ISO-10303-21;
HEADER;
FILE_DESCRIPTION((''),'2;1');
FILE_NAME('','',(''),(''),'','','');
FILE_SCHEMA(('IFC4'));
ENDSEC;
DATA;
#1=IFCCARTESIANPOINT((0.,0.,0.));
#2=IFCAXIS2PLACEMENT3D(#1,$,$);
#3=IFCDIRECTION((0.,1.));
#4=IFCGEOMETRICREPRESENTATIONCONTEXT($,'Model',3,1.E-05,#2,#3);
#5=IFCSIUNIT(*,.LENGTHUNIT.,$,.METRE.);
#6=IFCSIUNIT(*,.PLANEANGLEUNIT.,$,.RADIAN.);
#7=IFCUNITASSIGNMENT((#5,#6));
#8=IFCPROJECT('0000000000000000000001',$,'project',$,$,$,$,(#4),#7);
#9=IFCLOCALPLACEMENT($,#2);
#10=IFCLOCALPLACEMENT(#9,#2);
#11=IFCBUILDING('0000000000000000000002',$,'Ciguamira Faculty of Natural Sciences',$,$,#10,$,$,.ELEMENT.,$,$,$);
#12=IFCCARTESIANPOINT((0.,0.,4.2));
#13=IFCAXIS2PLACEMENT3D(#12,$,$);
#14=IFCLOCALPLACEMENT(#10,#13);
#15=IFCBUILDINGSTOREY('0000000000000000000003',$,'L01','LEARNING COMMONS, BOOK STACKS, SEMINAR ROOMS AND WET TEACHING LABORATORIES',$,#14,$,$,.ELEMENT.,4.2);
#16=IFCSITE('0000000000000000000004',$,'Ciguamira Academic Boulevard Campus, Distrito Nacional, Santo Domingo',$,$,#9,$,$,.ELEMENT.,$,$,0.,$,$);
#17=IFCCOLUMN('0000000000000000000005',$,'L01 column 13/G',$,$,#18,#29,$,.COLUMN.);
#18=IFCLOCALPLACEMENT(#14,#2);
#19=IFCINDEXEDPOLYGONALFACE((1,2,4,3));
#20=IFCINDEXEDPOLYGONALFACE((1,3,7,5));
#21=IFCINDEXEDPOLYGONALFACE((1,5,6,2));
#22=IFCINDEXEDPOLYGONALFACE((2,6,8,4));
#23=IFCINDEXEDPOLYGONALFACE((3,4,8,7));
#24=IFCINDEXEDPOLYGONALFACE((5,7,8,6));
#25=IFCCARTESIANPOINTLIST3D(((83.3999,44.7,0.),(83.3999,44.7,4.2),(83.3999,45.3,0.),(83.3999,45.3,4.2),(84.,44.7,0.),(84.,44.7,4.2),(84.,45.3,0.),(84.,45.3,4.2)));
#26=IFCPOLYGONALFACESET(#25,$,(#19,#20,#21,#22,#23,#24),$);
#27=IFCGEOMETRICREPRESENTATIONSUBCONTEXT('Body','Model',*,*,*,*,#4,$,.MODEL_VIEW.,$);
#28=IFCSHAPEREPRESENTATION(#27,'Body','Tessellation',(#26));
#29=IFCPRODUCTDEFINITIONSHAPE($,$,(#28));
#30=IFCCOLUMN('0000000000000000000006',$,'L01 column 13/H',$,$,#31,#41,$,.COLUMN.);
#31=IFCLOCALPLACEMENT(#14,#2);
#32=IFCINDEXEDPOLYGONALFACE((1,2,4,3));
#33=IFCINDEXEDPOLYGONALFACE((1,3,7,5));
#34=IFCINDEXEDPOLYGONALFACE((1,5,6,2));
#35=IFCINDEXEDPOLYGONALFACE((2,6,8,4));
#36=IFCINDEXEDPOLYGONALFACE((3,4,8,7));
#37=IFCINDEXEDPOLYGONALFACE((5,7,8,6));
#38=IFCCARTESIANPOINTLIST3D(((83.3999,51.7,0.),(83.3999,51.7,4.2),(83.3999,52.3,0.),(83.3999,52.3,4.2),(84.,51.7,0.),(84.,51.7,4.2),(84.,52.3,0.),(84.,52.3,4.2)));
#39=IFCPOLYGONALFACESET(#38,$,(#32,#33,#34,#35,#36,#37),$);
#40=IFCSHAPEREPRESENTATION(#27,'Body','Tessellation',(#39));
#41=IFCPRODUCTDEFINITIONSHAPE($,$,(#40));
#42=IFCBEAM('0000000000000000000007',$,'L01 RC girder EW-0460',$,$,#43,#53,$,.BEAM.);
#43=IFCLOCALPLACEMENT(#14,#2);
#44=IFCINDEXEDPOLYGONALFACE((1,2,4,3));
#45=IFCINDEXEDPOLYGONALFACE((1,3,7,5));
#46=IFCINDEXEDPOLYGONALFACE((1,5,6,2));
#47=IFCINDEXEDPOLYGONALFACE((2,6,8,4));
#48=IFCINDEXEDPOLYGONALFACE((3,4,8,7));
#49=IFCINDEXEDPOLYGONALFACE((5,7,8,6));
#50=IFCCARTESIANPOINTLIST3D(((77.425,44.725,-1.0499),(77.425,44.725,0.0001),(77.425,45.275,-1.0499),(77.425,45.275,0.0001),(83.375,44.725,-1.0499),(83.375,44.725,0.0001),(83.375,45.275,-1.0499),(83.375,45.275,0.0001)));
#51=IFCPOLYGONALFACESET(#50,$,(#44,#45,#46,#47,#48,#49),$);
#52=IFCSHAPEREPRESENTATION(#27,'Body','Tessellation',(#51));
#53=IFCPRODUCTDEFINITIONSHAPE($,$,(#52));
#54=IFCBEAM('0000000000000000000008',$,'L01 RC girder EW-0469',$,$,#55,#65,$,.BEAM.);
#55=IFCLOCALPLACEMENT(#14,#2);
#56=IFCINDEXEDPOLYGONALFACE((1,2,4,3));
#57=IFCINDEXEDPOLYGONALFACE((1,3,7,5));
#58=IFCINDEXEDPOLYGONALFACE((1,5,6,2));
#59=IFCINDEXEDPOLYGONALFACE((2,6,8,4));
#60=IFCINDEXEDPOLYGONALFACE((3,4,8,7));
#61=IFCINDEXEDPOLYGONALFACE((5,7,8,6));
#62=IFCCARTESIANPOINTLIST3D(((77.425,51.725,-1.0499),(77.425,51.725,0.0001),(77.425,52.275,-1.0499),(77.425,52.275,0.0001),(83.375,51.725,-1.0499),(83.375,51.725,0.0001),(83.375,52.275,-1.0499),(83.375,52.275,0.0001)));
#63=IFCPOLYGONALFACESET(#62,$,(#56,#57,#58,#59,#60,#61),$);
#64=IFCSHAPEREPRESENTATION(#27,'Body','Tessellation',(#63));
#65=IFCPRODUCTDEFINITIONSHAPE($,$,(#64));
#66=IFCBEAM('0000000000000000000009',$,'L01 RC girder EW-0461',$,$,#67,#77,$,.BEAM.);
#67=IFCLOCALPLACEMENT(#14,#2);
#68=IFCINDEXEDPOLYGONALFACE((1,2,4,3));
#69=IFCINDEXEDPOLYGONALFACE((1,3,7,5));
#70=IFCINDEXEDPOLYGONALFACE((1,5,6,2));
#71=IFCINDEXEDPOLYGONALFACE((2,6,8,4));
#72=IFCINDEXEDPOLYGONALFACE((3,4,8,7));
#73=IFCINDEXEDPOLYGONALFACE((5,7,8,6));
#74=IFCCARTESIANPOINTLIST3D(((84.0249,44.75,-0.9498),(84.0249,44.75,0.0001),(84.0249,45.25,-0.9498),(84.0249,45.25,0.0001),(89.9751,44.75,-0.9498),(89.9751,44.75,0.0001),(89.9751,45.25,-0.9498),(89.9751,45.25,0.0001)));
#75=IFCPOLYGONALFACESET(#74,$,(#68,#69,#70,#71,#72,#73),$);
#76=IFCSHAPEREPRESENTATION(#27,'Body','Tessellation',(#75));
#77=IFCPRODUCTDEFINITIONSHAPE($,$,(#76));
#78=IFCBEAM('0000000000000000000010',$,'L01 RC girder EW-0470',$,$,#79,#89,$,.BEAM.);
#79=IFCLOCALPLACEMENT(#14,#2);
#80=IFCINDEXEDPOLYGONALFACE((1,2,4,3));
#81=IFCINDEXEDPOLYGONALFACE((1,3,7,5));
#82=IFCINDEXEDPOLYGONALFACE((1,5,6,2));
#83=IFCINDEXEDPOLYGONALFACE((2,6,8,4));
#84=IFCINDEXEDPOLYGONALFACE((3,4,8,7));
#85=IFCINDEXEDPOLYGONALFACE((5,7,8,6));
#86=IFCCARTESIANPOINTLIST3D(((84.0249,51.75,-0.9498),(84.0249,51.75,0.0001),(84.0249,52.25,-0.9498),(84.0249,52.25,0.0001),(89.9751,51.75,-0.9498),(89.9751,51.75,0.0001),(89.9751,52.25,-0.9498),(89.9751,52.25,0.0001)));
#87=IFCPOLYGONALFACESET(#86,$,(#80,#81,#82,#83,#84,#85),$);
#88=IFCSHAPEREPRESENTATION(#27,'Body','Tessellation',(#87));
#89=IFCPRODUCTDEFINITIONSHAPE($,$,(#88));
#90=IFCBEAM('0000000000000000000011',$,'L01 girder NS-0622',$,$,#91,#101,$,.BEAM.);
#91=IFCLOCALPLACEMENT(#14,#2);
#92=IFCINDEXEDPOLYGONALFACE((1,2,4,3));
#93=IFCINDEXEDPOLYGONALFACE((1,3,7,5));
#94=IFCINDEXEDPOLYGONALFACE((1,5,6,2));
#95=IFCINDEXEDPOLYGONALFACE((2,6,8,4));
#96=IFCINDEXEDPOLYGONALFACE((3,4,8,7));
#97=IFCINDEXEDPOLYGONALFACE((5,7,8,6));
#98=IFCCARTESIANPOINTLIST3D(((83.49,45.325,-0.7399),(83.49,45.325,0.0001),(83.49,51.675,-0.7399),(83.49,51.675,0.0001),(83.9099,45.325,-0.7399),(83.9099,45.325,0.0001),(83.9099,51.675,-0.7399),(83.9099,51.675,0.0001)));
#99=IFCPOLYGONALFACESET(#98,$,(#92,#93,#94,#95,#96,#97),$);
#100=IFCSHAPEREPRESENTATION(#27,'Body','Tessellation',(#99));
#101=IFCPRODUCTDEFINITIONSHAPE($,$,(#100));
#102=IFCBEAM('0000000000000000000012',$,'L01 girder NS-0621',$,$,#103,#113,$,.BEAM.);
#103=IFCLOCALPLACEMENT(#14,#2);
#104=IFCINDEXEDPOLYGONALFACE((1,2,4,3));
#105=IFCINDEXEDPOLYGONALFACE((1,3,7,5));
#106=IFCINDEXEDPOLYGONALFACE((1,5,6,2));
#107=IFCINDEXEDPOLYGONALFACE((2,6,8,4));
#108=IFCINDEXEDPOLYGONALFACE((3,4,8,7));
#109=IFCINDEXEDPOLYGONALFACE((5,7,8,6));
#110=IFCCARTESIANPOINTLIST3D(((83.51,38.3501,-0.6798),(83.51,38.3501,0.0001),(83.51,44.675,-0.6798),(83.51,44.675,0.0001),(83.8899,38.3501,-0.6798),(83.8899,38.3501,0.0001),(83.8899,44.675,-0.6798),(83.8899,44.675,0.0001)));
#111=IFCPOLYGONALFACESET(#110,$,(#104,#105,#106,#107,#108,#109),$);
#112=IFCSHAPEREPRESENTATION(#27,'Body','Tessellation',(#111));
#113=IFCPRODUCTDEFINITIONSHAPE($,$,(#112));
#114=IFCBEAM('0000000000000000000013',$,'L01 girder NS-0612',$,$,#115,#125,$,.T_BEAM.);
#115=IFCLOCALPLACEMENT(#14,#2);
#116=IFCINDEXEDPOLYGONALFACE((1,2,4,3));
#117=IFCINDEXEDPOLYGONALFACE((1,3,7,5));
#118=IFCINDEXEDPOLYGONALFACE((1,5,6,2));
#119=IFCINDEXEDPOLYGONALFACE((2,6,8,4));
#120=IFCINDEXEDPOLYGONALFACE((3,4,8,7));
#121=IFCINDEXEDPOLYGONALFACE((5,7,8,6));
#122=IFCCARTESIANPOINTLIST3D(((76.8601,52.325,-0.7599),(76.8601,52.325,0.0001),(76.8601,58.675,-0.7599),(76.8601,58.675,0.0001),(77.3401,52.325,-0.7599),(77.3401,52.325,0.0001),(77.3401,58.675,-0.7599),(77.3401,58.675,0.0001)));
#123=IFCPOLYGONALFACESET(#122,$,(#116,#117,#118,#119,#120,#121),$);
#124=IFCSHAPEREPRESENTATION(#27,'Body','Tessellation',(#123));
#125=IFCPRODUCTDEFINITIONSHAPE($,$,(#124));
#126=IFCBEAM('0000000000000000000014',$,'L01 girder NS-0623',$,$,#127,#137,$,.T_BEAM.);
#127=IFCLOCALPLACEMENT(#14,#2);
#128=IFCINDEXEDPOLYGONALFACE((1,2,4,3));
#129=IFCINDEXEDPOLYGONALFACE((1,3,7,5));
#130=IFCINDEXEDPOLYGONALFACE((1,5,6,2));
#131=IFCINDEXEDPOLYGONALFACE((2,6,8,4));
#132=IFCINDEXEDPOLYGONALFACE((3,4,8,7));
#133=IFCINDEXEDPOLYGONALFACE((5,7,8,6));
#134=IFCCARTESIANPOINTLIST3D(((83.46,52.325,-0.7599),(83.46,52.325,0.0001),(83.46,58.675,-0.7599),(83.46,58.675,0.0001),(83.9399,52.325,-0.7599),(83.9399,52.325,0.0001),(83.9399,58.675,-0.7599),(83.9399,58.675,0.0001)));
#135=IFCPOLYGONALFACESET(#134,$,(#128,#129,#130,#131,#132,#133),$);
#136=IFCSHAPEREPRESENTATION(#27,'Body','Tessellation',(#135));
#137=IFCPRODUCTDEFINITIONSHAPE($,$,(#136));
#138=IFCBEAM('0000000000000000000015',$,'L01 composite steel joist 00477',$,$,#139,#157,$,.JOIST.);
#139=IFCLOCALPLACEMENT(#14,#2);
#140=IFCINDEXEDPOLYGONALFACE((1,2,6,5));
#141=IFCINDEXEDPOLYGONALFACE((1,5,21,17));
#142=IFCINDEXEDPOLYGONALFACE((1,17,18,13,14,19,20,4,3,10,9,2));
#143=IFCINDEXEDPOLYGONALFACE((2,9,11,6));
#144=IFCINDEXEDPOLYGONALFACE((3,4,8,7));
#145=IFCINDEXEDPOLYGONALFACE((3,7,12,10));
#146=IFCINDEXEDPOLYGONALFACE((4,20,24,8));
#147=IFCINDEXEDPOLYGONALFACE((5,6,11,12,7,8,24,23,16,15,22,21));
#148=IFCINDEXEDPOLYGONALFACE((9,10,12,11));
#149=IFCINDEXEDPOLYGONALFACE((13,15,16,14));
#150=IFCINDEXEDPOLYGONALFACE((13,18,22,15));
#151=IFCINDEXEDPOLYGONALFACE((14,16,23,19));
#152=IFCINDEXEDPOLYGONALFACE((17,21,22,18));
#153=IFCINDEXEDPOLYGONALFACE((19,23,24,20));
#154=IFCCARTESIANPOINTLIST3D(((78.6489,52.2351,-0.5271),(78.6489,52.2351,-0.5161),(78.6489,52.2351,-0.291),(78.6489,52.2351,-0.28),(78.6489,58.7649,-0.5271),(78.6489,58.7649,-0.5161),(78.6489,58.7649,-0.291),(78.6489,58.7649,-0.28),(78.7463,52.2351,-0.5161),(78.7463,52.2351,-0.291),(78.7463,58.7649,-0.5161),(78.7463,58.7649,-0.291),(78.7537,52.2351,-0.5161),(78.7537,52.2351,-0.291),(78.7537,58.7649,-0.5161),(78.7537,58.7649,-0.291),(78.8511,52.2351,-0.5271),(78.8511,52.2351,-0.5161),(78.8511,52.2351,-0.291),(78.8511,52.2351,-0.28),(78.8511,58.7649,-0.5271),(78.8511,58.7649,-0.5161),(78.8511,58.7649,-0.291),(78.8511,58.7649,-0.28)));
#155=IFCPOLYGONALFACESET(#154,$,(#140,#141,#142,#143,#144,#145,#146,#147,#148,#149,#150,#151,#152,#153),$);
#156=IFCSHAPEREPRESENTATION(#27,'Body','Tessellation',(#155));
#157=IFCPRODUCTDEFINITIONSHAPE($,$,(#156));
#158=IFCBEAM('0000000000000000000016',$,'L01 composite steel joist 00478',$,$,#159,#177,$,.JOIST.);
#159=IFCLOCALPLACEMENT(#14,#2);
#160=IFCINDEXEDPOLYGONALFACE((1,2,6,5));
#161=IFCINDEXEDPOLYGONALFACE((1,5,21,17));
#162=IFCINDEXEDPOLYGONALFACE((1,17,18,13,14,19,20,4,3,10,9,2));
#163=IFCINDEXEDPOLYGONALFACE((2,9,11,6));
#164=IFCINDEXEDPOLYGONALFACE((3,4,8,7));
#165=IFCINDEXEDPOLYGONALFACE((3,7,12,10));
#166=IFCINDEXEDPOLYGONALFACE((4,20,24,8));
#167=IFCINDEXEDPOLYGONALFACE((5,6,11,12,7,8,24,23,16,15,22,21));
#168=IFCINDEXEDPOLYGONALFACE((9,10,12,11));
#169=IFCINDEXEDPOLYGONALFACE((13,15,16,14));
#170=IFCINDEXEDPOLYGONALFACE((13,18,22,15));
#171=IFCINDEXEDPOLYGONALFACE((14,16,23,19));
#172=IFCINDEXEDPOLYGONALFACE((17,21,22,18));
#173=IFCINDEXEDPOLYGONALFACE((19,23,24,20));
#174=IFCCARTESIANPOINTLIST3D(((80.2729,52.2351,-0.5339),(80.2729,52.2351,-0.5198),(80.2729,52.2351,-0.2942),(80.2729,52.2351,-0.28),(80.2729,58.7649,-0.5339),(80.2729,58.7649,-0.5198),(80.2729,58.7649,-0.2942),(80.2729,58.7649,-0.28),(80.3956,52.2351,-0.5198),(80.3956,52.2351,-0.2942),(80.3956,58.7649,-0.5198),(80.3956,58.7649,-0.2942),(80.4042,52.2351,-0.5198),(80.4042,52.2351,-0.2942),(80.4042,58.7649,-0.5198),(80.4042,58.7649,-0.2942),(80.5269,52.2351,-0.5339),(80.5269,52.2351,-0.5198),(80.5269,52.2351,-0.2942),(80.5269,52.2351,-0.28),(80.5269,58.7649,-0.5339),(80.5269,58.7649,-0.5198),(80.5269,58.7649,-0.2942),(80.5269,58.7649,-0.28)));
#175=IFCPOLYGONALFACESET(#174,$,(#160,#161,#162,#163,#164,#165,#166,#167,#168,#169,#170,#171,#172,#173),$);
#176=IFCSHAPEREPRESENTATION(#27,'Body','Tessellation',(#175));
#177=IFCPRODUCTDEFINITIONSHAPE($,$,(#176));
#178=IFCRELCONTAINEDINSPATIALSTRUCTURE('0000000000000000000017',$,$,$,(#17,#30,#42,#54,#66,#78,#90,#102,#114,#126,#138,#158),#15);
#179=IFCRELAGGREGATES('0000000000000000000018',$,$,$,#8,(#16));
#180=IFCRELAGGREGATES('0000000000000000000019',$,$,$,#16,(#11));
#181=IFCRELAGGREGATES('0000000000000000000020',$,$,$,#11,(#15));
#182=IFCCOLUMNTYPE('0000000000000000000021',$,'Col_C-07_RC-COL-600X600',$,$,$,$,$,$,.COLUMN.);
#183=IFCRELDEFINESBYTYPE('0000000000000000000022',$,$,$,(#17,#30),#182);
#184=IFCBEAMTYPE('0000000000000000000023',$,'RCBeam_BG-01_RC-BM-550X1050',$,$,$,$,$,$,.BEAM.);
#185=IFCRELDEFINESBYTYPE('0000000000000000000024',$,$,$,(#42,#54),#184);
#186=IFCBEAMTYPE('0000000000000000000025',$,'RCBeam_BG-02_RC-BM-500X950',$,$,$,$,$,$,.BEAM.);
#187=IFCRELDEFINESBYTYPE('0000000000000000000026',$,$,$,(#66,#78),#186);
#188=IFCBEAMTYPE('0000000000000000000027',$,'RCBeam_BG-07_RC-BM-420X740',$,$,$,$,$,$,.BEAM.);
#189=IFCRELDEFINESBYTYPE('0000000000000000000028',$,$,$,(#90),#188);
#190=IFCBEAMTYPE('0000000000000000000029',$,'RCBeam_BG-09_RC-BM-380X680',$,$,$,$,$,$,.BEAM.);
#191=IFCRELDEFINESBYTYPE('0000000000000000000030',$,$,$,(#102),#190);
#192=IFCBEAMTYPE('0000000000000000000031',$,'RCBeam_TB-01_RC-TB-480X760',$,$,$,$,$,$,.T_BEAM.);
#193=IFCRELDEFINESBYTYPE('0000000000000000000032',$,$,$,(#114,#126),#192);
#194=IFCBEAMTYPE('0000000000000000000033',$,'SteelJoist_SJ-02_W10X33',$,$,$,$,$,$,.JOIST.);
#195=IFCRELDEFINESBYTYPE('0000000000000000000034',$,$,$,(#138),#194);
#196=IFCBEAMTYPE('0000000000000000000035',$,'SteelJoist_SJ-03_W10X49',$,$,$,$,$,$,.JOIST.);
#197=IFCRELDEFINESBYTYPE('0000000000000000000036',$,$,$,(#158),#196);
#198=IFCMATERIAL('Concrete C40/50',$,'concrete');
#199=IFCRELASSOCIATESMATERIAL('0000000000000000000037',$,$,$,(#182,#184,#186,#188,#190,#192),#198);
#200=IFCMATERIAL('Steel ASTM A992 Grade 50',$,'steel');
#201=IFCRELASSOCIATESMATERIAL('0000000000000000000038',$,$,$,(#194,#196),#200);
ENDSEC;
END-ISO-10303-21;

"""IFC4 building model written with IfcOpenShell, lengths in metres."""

from ifc_helpers import new_model, si_unit, direction, frame, origin, origin_2d, place, context, subcontext, project, spatial, rectangle, i_section, extrude, material, material_profile, profile_set, type_object, element, save


model = new_model("IFC4")

# Units and contexts
model_context = context("Model", 3, precision=1e-05, world=origin(), true_north=direction((0.0, 1.0)))
body_context = subcontext(model_context, "Body", "Model", "MODEL_VIEW")
ifc_project = project(units=[si_unit("LENGTHUNIT", "METRE"), si_unit("PLANEANGLEUNIT", "RADIAN")], contexts=[model_context])

# Site, building, storey
site_placement = place(None, origin())
site = spatial("IfcSite", under=ifc_project, at=site_placement, Name="Ciguamira Academic Boulevard Campus, Distrito Nacional, Santo Domingo", CompositionType="ELEMENT", RefElevation=0.0)
building_placement = place(site_placement, origin())
building = spatial("IfcBuilding", under=site, at=building_placement, Name="Ciguamira Faculty of Natural Sciences", CompositionType="ELEMENT")
storey_placement = place(building_placement, frame((0.0, 0.0, 4.2)))
storey = spatial("IfcBuildingStorey", under=building, at=storey_placement, Name="L01", Description="LEARNING COMMONS, BOOK STACKS, SEMINAR ROOMS AND WET TEACHING LABORATORIES", CompositionType="ELEMENT", Elevation=4.2)

# Columns
ifc_material_1 = material(Name="Concrete C40/50", Category="concrete")
ifc_material_profile_1 = material_profile(ifc_material_1, rectangle(XDim=0.6001, YDim=0.6001, at=origin_2d()), Name="RC-COL-600X600")
ifc_profile_set_1 = profile_set([ifc_material_profile_1], Name="Concrete C40/50")
column_type = type_object("IfcColumnType", Name="Col_C-07_RC-COL-600X600", PredefinedType="COLUMN", material=ifc_profile_set_1)
for number, where, z_axis, x_axis, name in (
    (1, (83.7, 45.0, 0.0), (0.0, 0.0, 1.0), (1.0, 0.0, 0.0), "L01 column 13/G"),
    (2, (83.7, 52.0, 0.0), (0.0, 0.0, 1.0), (1.0, 0.0, 0.0), "L01 column 13/H"),
):
    element("IfcColumn", number, at=place(storey_placement, frame(where, z_axis=z_axis, x_axis=x_axis)), inside=storey, type_object=column_type, Name=name, PredefinedType="COLUMN", context=body_context, shape_type="SweptSolid", body=[
        extrude(rectangle(XDim=0.6001, YDim=0.6001, at=origin_2d()), origin(), (0.0, 0.0, 1.0), 4.2),
    ])

# Beams
ifc_material_profile_2 = material_profile(ifc_material_1, rectangle(XDim=0.55, YDim=1.05, at=origin_2d()), Name="RC-BM-550X1050")
ifc_profile_set_2 = profile_set([ifc_material_profile_2], Name="Concrete C40/50")
beam_type_1 = type_object("IfcBeamType", Name="RCBeam_BG-01_RC-BM-550X1050", PredefinedType="BEAM", material=ifc_profile_set_2)
for number, where, z_axis, x_axis, name in (
    (3, (77.425, 45.0, -0.5249), (1.0, 0.0, 0.0), (0.0, 1.0, 0.0), "L01 RC girder EW-0460"),
    (4, (77.425, 52.0, -0.5249), (1.0, 0.0, 0.0), (0.0, 1.0, 0.0), "L01 RC girder EW-0469"),
):
    element("IfcBeam", number, at=place(storey_placement, frame(where, z_axis=z_axis, x_axis=x_axis)), inside=storey, type_object=beam_type_1, Name=name, PredefinedType="BEAM", context=body_context, shape_type="SweptSolid", body=[
        extrude(rectangle(XDim=0.55, YDim=1.05, at=origin_2d()), origin(), (0.0, 0.0, 1.0), 5.95),
    ])
ifc_material_profile_3 = material_profile(ifc_material_1, rectangle(XDim=0.5, YDim=0.95, at=origin_2d()), Name="RC-BM-500X950")
ifc_profile_set_3 = profile_set([ifc_material_profile_3], Name="Concrete C40/50")
beam_type_2 = type_object("IfcBeamType", Name="RCBeam_BG-02_RC-BM-500X950", PredefinedType="BEAM", material=ifc_profile_set_3)
for number, where, z_axis, x_axis, name in (
    (5, (84.0249, 45.0, -0.4749), (1.0, 0.0, 0.0), (0.0, 1.0, 0.0), "L01 RC girder EW-0461"),
    (6, (84.0249, 52.0, -0.4749), (1.0, 0.0, 0.0), (0.0, 1.0, 0.0), "L01 RC girder EW-0470"),
):
    element("IfcBeam", number, at=place(storey_placement, frame(where, z_axis=z_axis, x_axis=x_axis)), inside=storey, type_object=beam_type_2, Name=name, PredefinedType="BEAM", context=body_context, shape_type="SweptSolid", body=[
        extrude(rectangle(XDim=0.5, YDim=0.95, at=origin_2d()), origin(), (0.0, 0.0, 1.0), 5.9502),
    ])
ifc_material_profile_4 = material_profile(ifc_material_1, rectangle(XDim=0.4199, YDim=0.74, at=origin_2d()), Name="RC-BM-420X740")
ifc_profile_set_4 = profile_set([ifc_material_profile_4], Name="Concrete C40/50")
beam_type_3 = type_object("IfcBeamType", Name="RCBeam_BG-07_RC-BM-420X740", PredefinedType="BEAM", material=ifc_profile_set_4)
beam_1_placement = place(storey_placement, frame((83.7, 45.325, -0.3699), z_axis=(0.0, 1.0, 0.0), x_axis=(-1.0, 0.0, 0.0)))
element("IfcBeam", 7, at=beam_1_placement, inside=storey, type_object=beam_type_3, Name="L01 girder NS-0622", PredefinedType="BEAM", context=body_context, shape_type="SweptSolid", body=[
    extrude(rectangle(XDim=0.4199, YDim=0.74, at=origin_2d()), origin(), (0.0, 0.0, 1.0), 6.3501),
])
ifc_material_profile_5 = material_profile(ifc_material_1, rectangle(XDim=0.3799, YDim=0.6799, at=origin_2d()), Name="RC-BM-380X680")
ifc_profile_set_5 = profile_set([ifc_material_profile_5], Name="Concrete C40/50")
beam_type_4 = type_object("IfcBeamType", Name="RCBeam_BG-09_RC-BM-380X680", PredefinedType="BEAM", material=ifc_profile_set_5)
beam_2_placement = place(storey_placement, frame((83.7, 38.3501, -0.3398), z_axis=(0.0, 1.0, 0.0), x_axis=(-1.0, 0.0, 0.0)))
element("IfcBeam", 8, at=beam_2_placement, inside=storey, type_object=beam_type_4, Name="L01 girder NS-0621", PredefinedType="BEAM", context=body_context, shape_type="SweptSolid", body=[
    extrude(rectangle(XDim=0.3799, YDim=0.6799, at=origin_2d()), origin(), (0.0, 0.0, 1.0), 6.325),
])
ifc_material_profile_6 = material_profile(ifc_material_1, rectangle(XDim=0.48, YDim=0.76, at=origin_2d()), Name="RC-TB-480X760")
ifc_profile_set_6 = profile_set([ifc_material_profile_6], Name="Concrete C40/50")
beam_type_5 = type_object("IfcBeamType", Name="RCBeam_TB-01_RC-TB-480X760", PredefinedType="T_BEAM", material=ifc_profile_set_6)
for number, where, z_axis, x_axis, name in (
    (9, (77.1001, 52.325, -0.3799), (0.0, 1.0, 0.0), (-1.0, 0.0, 0.0), "L01 girder NS-0612"),
    (10, (83.7, 52.325, -0.3799), (0.0, 1.0, 0.0), (-1.0, 0.0, 0.0), "L01 girder NS-0623"),
):
    element("IfcBeam", number, at=place(storey_placement, frame(where, z_axis=z_axis, x_axis=x_axis)), inside=storey, type_object=beam_type_5, Name=name, PredefinedType="T_BEAM", context=body_context, shape_type="SweptSolid", body=[
        extrude(rectangle(XDim=0.48, YDim=0.76, at=origin_2d()), origin(), (0.0, 0.0, 1.0), 6.3501),
    ])
ifc_material_2 = material(Name="Steel ASTM A992 Grade 50", Category="steel")
ifc_material_profile_7 = material_profile(ifc_material_2, i_section(OverallWidth=0.2021, OverallDepth=0.2471, WebThickness=0.0073, FlangeThickness=0.011, at=origin_2d()), Name="W10X33")
ifc_profile_set_7 = profile_set([ifc_material_profile_7], Name="Steel ASTM A992 Grade 50")
beam_type_6 = type_object("IfcBeamType", Name="SteelJoist_SJ-02_W10X33", PredefinedType="JOIST", material=ifc_profile_set_7)
beam_3_placement = place(storey_placement, frame((78.75, 52.2351, -0.4036), z_axis=(0.0, 1.0, 0.0), x_axis=(-1.0, 0.0, 0.0)))
element("IfcBeam", 11, at=beam_3_placement, inside=storey, type_object=beam_type_6, Name="L01 composite steel joist 00477", PredefinedType="JOIST", context=body_context, shape_type="SweptSolid", body=[
    extrude(i_section(OverallWidth=0.2021, OverallDepth=0.2471, WebThickness=0.0073, FlangeThickness=0.011, at=origin_2d()), origin(), (0.0, 0.0, 1.0), 6.5298),
])
ifc_material_profile_8 = material_profile(ifc_material_2, i_section(OverallWidth=0.2539, OverallDepth=0.2539, WebThickness=0.0085, FlangeThickness=0.0142, at=origin_2d()), Name="W10X49")
ifc_profile_set_8 = profile_set([ifc_material_profile_8], Name="Steel ASTM A992 Grade 50")
beam_type_7 = type_object("IfcBeamType", Name="SteelJoist_SJ-03_W10X49", PredefinedType="JOIST", material=ifc_profile_set_8)
beam_4_placement = place(storey_placement, frame((80.3999, 52.2351, -0.407), z_axis=(0.0, 1.0, 0.0), x_axis=(-1.0, 0.0, 0.0)))
element("IfcBeam", 12, at=beam_4_placement, inside=storey, type_object=beam_type_7, Name="L01 composite steel joist 00478", PredefinedType="JOIST", context=body_context, shape_type="SweptSolid", body=[
    extrude(i_section(OverallWidth=0.2539, OverallDepth=0.2539, WebThickness=0.0085, FlangeThickness=0.0142, at=origin_2d()), origin(), (0.0, 0.0, 1.0), 6.5298),
])

save(model, "model.ifc")
